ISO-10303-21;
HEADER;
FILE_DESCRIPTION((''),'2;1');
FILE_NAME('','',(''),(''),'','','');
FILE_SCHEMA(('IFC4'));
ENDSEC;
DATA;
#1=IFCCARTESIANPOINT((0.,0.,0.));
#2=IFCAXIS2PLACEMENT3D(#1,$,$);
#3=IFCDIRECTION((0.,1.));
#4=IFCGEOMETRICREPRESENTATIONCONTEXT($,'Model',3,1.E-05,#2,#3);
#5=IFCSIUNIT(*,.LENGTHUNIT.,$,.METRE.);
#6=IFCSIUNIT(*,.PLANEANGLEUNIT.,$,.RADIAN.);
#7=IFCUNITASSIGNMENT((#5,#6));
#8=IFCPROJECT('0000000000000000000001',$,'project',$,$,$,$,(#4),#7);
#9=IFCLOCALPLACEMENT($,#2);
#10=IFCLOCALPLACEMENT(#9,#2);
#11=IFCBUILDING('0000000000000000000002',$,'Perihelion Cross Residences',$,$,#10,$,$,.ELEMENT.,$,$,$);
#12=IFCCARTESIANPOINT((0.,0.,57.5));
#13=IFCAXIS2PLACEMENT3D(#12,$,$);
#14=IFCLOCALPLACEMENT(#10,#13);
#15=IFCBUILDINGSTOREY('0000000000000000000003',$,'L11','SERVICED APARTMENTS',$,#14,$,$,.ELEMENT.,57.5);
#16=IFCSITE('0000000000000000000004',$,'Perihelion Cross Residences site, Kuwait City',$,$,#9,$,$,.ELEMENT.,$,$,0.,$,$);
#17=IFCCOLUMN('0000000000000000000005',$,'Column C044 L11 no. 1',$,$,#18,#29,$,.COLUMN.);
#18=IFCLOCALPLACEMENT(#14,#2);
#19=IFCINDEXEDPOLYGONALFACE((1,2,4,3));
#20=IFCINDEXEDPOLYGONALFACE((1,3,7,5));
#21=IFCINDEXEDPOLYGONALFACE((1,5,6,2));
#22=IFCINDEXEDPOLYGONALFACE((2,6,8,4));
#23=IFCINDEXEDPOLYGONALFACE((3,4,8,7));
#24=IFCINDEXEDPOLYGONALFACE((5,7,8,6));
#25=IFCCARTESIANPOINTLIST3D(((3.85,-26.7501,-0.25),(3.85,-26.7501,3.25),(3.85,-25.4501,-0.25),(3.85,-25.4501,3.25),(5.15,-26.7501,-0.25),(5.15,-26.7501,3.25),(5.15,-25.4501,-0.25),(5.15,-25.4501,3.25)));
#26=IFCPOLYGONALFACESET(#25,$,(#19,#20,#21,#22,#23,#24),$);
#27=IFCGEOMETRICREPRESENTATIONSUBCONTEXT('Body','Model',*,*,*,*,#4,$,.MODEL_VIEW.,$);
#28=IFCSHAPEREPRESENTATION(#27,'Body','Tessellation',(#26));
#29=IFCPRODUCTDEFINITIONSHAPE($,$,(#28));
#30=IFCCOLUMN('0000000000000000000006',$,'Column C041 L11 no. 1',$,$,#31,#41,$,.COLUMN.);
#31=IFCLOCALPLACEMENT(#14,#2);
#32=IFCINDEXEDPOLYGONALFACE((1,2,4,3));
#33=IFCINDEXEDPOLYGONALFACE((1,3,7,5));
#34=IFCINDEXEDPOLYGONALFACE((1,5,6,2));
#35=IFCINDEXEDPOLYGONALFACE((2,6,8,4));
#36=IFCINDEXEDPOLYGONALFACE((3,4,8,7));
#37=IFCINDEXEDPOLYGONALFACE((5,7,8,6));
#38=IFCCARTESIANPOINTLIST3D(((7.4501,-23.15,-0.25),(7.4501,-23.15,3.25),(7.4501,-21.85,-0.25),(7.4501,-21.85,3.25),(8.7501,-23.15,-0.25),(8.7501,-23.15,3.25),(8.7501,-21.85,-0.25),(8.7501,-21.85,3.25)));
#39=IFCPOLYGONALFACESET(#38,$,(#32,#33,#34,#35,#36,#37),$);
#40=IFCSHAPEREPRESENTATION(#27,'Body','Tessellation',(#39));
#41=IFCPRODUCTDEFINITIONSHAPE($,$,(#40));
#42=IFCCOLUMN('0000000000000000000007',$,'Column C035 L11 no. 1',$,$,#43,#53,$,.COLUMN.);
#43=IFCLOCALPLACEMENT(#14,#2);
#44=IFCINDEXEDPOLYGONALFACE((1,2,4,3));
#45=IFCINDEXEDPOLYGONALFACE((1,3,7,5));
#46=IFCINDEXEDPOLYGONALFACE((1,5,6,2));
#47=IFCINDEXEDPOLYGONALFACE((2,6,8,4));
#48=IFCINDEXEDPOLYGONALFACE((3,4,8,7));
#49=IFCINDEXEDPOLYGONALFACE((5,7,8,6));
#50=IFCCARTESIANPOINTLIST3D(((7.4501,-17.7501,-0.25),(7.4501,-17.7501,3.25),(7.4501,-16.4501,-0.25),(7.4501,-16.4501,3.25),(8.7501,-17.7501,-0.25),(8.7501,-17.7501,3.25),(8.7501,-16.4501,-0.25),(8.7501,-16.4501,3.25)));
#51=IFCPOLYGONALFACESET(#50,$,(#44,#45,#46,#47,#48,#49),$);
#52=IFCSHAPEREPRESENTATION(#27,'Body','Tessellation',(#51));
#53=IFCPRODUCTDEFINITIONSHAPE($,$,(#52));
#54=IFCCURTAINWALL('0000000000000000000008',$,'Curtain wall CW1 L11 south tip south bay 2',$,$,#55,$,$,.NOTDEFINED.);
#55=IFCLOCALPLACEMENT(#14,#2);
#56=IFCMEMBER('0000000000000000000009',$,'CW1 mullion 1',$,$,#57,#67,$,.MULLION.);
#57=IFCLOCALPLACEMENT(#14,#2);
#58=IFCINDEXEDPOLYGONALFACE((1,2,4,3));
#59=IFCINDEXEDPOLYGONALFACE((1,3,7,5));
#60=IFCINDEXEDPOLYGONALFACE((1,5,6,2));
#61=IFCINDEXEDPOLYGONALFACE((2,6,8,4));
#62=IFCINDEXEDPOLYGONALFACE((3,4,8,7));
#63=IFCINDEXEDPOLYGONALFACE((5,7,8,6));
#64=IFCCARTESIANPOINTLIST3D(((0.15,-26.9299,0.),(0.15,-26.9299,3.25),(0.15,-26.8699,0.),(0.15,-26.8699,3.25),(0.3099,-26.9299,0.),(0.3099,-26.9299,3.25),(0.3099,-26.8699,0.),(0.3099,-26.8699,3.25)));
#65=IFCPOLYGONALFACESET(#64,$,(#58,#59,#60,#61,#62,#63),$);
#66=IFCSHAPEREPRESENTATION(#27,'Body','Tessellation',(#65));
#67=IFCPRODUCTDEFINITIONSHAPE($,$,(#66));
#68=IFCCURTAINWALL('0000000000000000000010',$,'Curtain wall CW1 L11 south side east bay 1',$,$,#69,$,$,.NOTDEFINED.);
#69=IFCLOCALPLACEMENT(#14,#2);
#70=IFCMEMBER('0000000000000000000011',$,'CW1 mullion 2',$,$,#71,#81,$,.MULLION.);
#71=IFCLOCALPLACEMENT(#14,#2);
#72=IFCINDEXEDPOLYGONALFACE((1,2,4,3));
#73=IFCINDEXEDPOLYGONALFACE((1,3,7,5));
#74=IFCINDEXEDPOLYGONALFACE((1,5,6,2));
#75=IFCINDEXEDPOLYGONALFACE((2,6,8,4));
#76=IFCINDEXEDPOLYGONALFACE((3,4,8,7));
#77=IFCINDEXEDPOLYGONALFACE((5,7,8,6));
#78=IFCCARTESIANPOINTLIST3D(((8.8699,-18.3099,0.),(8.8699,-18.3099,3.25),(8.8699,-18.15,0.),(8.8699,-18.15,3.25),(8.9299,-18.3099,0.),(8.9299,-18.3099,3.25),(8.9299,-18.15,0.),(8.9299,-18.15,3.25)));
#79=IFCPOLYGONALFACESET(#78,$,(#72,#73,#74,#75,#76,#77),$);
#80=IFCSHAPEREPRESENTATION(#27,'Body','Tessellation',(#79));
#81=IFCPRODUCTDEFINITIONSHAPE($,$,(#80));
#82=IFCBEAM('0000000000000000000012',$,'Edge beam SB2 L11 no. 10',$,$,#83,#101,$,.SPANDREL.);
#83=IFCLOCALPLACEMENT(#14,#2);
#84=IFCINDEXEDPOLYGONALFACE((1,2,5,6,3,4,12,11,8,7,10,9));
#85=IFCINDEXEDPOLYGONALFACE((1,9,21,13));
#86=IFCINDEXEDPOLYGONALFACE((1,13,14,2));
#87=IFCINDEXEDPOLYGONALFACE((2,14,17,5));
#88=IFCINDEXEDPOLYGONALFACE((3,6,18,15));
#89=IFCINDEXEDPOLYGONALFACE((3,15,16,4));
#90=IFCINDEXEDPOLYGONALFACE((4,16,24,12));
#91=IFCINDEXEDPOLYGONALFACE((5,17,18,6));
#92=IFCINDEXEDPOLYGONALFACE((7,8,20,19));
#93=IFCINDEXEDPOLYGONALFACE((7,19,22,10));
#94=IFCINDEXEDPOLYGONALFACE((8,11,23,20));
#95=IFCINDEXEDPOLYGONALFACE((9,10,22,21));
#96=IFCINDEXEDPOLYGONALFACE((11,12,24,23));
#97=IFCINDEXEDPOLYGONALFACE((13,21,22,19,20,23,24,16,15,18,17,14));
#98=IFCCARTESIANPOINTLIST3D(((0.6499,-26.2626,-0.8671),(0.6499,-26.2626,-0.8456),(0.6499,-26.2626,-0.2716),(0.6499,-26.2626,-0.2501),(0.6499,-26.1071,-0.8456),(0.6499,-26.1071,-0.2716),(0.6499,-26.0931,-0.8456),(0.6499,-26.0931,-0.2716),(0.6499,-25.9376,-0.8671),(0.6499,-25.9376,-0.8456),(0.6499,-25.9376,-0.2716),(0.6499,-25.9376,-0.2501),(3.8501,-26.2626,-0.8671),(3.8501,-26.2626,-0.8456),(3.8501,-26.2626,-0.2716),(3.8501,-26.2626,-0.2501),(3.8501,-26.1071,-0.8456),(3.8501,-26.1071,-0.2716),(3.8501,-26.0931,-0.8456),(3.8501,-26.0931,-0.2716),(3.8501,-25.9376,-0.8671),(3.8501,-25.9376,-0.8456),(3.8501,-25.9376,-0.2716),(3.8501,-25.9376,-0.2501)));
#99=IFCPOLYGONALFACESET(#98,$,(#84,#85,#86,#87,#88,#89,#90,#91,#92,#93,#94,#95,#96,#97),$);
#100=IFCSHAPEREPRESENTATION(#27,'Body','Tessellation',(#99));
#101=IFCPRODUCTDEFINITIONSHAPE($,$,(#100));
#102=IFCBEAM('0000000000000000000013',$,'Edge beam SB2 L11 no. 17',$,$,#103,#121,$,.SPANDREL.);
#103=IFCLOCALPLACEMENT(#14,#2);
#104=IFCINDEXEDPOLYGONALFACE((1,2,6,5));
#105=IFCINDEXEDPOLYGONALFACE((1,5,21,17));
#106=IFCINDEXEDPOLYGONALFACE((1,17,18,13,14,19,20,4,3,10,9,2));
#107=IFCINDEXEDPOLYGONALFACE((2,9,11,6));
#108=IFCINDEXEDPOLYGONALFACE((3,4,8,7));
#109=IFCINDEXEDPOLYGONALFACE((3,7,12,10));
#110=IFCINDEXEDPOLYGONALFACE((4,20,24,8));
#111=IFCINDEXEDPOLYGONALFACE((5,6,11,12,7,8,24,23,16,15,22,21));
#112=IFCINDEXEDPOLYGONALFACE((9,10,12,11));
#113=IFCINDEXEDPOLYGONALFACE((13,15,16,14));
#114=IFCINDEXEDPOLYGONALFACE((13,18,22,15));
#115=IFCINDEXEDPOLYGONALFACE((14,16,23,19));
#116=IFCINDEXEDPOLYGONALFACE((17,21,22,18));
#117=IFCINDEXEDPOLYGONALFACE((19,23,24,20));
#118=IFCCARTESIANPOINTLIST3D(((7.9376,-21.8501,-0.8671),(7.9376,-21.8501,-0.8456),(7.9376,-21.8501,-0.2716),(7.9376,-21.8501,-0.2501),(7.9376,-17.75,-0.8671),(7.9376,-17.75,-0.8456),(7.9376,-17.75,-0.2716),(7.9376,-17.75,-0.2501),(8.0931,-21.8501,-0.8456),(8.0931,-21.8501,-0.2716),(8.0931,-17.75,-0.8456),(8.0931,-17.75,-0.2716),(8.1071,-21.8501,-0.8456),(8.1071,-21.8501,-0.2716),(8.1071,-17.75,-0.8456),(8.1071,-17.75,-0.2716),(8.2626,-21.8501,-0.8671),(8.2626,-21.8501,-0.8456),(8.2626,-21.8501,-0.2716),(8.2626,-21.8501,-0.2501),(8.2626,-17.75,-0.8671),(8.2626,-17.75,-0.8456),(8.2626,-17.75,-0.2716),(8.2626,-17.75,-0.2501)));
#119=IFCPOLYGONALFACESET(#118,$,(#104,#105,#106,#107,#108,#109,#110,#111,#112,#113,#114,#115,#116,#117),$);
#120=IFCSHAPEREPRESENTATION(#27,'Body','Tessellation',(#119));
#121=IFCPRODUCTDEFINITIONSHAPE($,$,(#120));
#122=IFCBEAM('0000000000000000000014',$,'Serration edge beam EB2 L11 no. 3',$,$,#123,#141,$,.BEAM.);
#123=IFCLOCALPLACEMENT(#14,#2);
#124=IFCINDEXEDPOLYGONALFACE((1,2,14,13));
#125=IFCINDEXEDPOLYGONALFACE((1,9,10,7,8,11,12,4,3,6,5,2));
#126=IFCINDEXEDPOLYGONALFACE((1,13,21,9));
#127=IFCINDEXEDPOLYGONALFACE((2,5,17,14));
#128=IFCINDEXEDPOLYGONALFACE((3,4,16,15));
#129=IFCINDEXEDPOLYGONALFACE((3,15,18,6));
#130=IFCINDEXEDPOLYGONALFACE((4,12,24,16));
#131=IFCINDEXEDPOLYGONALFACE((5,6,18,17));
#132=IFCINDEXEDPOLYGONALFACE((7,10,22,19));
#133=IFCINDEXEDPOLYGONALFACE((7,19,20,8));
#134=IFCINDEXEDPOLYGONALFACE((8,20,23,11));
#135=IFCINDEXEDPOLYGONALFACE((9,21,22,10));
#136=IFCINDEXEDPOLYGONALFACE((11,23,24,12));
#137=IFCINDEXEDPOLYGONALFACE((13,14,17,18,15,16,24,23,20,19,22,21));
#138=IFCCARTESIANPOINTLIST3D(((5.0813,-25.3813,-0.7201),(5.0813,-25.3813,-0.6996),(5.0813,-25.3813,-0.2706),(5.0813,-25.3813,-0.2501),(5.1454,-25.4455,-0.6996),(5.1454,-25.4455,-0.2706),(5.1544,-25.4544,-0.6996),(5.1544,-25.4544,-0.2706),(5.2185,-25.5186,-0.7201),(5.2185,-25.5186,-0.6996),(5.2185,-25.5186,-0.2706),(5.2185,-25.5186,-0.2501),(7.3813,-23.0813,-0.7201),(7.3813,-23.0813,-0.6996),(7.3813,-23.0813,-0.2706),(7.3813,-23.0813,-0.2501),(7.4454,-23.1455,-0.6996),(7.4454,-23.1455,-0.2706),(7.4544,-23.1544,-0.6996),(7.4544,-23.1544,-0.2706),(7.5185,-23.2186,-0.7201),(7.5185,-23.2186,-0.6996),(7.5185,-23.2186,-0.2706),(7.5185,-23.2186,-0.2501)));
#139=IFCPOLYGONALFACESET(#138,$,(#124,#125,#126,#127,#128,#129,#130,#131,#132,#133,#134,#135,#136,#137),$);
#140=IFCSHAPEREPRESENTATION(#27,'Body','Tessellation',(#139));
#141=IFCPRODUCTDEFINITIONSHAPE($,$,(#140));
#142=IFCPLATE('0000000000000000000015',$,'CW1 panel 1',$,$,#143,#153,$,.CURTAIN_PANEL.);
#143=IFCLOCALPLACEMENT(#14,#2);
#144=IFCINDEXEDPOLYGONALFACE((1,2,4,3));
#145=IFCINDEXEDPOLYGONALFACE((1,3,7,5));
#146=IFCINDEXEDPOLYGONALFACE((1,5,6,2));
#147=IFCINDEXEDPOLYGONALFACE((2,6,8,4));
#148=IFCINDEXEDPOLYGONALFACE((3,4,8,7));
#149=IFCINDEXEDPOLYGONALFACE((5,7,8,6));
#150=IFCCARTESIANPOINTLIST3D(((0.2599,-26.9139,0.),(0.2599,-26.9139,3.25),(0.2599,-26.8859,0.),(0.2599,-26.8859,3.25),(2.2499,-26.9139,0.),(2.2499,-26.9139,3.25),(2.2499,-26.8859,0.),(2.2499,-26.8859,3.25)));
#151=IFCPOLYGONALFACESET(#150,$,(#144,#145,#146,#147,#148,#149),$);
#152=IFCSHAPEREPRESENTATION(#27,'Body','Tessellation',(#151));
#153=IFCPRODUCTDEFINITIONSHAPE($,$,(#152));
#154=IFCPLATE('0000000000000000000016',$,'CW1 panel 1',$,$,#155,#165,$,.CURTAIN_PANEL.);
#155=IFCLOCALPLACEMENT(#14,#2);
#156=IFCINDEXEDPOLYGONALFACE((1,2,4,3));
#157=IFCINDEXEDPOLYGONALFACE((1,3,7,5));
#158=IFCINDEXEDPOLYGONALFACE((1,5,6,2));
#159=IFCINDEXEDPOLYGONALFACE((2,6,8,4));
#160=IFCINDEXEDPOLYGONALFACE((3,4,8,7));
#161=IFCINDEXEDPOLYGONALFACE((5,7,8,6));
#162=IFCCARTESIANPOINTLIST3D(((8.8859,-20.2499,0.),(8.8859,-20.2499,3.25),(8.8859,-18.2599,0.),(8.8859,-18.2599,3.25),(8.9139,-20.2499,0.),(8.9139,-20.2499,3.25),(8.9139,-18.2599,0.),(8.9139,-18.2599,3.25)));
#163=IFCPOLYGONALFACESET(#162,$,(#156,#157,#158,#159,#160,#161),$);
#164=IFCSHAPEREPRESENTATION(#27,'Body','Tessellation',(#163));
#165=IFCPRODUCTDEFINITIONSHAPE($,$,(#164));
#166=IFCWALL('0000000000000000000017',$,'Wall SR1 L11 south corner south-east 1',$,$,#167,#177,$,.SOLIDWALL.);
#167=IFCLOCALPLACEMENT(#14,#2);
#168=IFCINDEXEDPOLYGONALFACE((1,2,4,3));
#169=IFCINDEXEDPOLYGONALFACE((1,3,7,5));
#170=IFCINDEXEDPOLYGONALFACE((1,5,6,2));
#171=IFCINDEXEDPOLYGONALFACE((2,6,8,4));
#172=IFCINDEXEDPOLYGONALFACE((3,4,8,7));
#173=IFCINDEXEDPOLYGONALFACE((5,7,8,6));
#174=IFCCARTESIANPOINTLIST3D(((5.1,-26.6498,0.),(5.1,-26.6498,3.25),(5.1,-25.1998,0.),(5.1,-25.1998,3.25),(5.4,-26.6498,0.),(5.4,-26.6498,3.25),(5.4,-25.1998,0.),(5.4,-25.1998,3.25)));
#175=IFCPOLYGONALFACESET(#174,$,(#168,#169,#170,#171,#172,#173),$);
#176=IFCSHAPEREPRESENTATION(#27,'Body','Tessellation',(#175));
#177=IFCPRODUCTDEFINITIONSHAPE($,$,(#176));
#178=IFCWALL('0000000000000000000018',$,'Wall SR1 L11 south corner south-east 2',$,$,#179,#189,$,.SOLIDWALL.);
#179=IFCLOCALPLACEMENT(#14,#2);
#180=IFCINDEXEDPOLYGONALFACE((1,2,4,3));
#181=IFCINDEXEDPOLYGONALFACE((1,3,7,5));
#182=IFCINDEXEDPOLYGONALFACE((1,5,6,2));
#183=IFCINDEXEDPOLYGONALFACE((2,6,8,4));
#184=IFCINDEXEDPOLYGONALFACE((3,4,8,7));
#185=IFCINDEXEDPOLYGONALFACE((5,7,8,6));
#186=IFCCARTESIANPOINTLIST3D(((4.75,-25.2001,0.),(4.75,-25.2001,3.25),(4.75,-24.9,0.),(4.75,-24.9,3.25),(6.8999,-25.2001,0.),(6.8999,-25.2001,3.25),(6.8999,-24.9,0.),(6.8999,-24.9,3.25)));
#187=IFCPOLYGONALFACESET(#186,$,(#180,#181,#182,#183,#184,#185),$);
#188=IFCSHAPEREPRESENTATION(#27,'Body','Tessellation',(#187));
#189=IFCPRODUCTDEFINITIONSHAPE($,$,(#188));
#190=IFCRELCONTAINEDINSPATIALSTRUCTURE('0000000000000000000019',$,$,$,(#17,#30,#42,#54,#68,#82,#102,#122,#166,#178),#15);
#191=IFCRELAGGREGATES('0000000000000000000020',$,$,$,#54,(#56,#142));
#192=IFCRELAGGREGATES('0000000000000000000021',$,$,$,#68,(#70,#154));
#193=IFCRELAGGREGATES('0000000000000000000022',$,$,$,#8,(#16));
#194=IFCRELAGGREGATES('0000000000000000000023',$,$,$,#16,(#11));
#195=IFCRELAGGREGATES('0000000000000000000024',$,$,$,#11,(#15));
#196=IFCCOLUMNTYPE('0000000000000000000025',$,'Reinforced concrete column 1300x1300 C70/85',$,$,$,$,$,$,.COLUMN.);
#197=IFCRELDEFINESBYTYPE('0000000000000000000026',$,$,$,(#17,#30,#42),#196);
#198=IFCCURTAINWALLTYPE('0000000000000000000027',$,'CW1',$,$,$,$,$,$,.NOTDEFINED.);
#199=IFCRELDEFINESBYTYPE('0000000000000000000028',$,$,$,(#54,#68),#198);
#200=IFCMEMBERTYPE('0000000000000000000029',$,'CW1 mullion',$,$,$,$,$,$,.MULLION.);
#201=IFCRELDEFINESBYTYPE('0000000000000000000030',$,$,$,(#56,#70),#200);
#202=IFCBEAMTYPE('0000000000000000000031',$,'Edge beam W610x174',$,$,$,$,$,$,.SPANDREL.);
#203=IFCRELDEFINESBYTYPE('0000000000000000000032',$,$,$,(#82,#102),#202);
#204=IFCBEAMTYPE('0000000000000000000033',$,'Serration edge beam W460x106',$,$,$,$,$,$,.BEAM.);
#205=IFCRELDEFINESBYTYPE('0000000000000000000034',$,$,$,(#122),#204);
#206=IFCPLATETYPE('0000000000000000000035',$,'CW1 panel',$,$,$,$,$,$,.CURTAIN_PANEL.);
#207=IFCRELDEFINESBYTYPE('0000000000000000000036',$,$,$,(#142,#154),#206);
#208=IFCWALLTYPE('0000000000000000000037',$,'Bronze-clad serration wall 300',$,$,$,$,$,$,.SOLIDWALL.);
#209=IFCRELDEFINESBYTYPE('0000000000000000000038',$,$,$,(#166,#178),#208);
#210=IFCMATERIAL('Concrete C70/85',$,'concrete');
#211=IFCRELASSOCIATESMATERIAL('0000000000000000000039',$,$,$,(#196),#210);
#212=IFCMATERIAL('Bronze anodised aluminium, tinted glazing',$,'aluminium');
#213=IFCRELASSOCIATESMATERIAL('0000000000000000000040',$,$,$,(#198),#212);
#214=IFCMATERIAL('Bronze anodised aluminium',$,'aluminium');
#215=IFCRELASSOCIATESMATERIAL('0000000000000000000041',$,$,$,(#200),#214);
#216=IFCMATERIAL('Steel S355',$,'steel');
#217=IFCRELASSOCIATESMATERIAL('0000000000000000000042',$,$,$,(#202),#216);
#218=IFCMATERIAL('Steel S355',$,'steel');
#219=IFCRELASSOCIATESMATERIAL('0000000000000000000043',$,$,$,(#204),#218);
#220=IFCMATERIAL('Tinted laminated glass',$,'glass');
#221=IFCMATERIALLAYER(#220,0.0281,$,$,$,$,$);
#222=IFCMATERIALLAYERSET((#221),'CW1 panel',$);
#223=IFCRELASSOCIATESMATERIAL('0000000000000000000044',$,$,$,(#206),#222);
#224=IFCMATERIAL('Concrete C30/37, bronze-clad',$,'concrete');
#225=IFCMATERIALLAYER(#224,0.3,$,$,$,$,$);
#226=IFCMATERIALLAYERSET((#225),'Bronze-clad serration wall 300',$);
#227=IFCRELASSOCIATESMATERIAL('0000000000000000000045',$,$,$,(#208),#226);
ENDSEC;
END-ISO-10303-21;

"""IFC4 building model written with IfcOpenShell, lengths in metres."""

from ifc_helpers import new_model, si_unit, direction, frame, frame_2d, origin, origin_2d, place, context, subcontext, project, spatial, rectangle, i_section, extrude, material, layer, layer_set, material_profile, profile_set, type_object, element, aggregate, save


model = new_model("IFC4")

# Units and contexts
model_context = context("Model", 3, precision=1e-05, world=origin(), true_north=direction((0.0, 1.0)))
body_context = subcontext(model_context, "Body", "Model", "MODEL_VIEW")
ifc_project = project(units=[si_unit("LENGTHUNIT", "METRE"), si_unit("PLANEANGLEUNIT", "RADIAN")], contexts=[model_context])

# Site, building, storey
site_placement = place(None, origin())
site = spatial("IfcSite", under=ifc_project, at=site_placement, Name="Perihelion Cross Residences site, Kuwait City", CompositionType="ELEMENT", RefElevation=0.0)
building_placement = place(site_placement, origin())
building = spatial("IfcBuilding", under=site, at=building_placement, Name="Perihelion Cross Residences", CompositionType="ELEMENT")
storey_placement = place(building_placement, frame((0.0, 0.0, 57.5)))
storey = spatial("IfcBuildingStorey", under=building, at=storey_placement, Name="L11", Description="SERVICED APARTMENTS", CompositionType="ELEMENT", Elevation=57.5)

# Columns
ifc_material_1 = material(Name="Concrete C70/85", Category="concrete")
ifc_material_profile_1 = material_profile(ifc_material_1, rectangle(XDim=1.3, YDim=1.3, at=origin_2d()), Name="RC 1300x1300")
ifc_profile_set_1 = profile_set([ifc_material_profile_1], Name="Concrete C70/85")
column_type = type_object("IfcColumnType", Name="Reinforced concrete column 1300x1300 C70/85", PredefinedType="COLUMN", material=ifc_profile_set_1)
for number, where, z_axis, x_axis, name in (
    (1, (4.5, -26.1001, -0.25), (0.0, 0.0, 1.0), (1.0, 0.0, 0.0), "Column C044 L11 no. 1"),
    (2, (8.1001, -22.5, -0.25), (0.0, 0.0, 1.0), (1.0, 0.0, 0.0), "Column C041 L11 no. 1"),
    (3, (8.1001, -17.1001, -0.25), (0.0, 0.0, 1.0), (1.0, 0.0, 0.0), "Column C035 L11 no. 1"),
):
    element("IfcColumn", number, at=place(storey_placement, frame(where, z_axis=z_axis, x_axis=x_axis)), inside=storey, type_object=column_type, Name=name, PredefinedType="COLUMN", context=body_context, shape_type="SweptSolid", body=[
        extrude(rectangle(XDim=1.3, YDim=1.3, at=origin_2d()), origin(), (0.0, 0.0, 1.0), 3.5),
    ])

# Curtain walls, members
ifc_material_2 = material(Name="Bronze anodised aluminium, tinted glazing", Category="aluminium")
curtain_wall_type = type_object("IfcCurtainWallType", Name="CW1", PredefinedType="NOTDEFINED", material=ifc_material_2)
curtain_wall_1_placement = place(storey_placement, origin())
curtain_wall_1 = element("IfcCurtainWall", 4, at=curtain_wall_1_placement, inside=storey, type_object=curtain_wall_type, Name="Curtain wall CW1 L11 south tip south bay 2", PredefinedType="NOTDEFINED")
ifc_material_3 = material(Name="Bronze anodised aluminium", Category="aluminium")
ifc_material_profile_2 = material_profile(ifc_material_3, rectangle(XDim=0.0601, YDim=0.1599, at=origin_2d()), Name="CW1 mullion")
ifc_profile_set_2 = profile_set([ifc_material_profile_2], Name="Bronze anodised aluminium")
member_type = type_object("IfcMemberType", Name="CW1 mullion", PredefinedType="MULLION", material=ifc_profile_set_2)
member_1_placement = place(storey_placement, frame((0.23, -26.8999, 0.0), z_axis=(0.0, 0.0, 1.0), x_axis=(0.0, 1.0, 0.0)))
member_1 = element("IfcMember", 5, at=member_1_placement, type_object=member_type, Name="CW1 mullion 1", PredefinedType="MULLION", context=body_context, shape_type="SweptSolid", body=[
    extrude(rectangle(XDim=0.0601, YDim=0.1599, at=origin_2d()), origin(), (0.0, 0.0, 1.0), 3.25),
])
curtain_wall_2_placement = place(storey_placement, origin())
curtain_wall_2 = element("IfcCurtainWall", 6, at=curtain_wall_2_placement, inside=storey, type_object=curtain_wall_type, Name="Curtain wall CW1 L11 south side east bay 1", PredefinedType="NOTDEFINED")
member_2_placement = place(storey_placement, frame((8.8999, -18.23, 0.0), z_axis=(0.0, 0.0, 1.0), x_axis=(-1.0, 0.0, 0.0)))
member_2 = element("IfcMember", 7, at=member_2_placement, type_object=member_type, Name="CW1 mullion 2", PredefinedType="MULLION", context=body_context, shape_type="SweptSolid", body=[
    extrude(rectangle(XDim=0.0601, YDim=0.1599, at=origin_2d()), origin(), (0.0, 0.0, 1.0), 3.25),
])

# Beams
ifc_material_4 = material(Name="Steel S355", Category="steel")
ifc_material_profile_3 = material_profile(ifc_material_4, i_section(OverallWidth=0.325, OverallDepth=0.6169, WebThickness=0.0139, FlangeThickness=0.0215, at=origin_2d()), Name="W610x174")
ifc_profile_set_3 = profile_set([ifc_material_profile_3], Name="Steel S355")
beam_type_1 = type_object("IfcBeamType", Name="Edge beam W610x174", PredefinedType="SPANDREL", material=ifc_profile_set_3)
beam_1_placement = place(storey_placement, frame((0.6499, -26.1001, -0.5586), z_axis=(1.0, 0.0, 0.0), x_axis=(0.0, 1.0, 0.0)))
element("IfcBeam", 8, at=beam_1_placement, inside=storey, type_object=beam_type_1, Name="Edge beam SB2 L11 no. 10", PredefinedType="SPANDREL", context=body_context, shape_type="SweptSolid", body=[
    extrude(i_section(OverallWidth=0.325, OverallDepth=0.6169, WebThickness=0.0139, FlangeThickness=0.0215, at=origin_2d()), origin(), (0.0, 0.0, 1.0), 3.2002),
])
beam_2_placement = place(storey_placement, frame((8.1001, -21.8501, -0.5586), z_axis=(0.0, 1.0, 0.0), x_axis=(-1.0, 0.0, 0.0)))
element("IfcBeam", 9, at=beam_2_placement, inside=storey, type_object=beam_type_1, Name="Edge beam SB2 L11 no. 17", PredefinedType="SPANDREL", context=body_context, shape_type="SweptSolid", body=[
    extrude(i_section(OverallWidth=0.325, OverallDepth=0.6169, WebThickness=0.0139, FlangeThickness=0.0215, at=origin_2d()), origin(), (0.0, 0.0, 1.0), 4.1001),
])
ifc_material_5 = material(Name="Steel S355", Category="steel")
ifc_material_profile_4 = material_profile(ifc_material_5, i_section(OverallWidth=0.1941, OverallDepth=0.47, WebThickness=0.0127, FlangeThickness=0.0205, at=origin_2d()), Name="W460x106")
ifc_profile_set_4 = profile_set([ifc_material_profile_4], Name="Steel S355")
beam_type_2 = type_object("IfcBeamType", Name="Serration edge beam W460x106", PredefinedType="BEAM", material=ifc_profile_set_4)
beam_3_placement = place(storey_placement, frame((5.1499, -25.45, -0.4851), z_axis=(0.707107, 0.707107, 0.0), x_axis=(-0.707107, 0.707107, 0.0)))
element("IfcBeam", 10, at=beam_3_placement, inside=storey, type_object=beam_type_2, Name="Serration edge beam EB2 L11 no. 3", PredefinedType="BEAM", context=body_context, shape_type="SweptSolid", body=[
    extrude(i_section(OverallWidth=0.1941, OverallDepth=0.47, WebThickness=0.0127, FlangeThickness=0.0205, at=origin_2d()), origin(), (0.0, 0.0, 1.0), 3.2527),
])

# Plates
ifc_material_6 = material(Name="Tinted laminated glass", Category="glass")
ifc_layer_1 = layer(ifc_material_6, 0.0281)
ifc_layer_set_1 = layer_set([ifc_layer_1], Name="CW1 panel")
plate_type = type_object("IfcPlateType", Name="CW1 panel", PredefinedType="CURTAIN_PANEL", material=ifc_layer_set_1)
plate_1_placement = place(storey_placement, frame((1.2549, -26.8999, 0.0), z_axis=(0.0, 0.0, 1.0), x_axis=(1.0, 0.0, 0.0)))
plate_1 = element("IfcPlate", 11, at=plate_1_placement, type_object=plate_type, Name="CW1 panel 1", PredefinedType="CURTAIN_PANEL", context=body_context, shape_type="SweptSolid", body=[
    extrude(rectangle(XDim=1.99, YDim=0.0281, at=origin_2d()), origin(), (0.0, 0.0, 1.0), 3.25),
])
aggregate(curtain_wall_1, [member_1, plate_1])
plate_2_placement = place(storey_placement, frame((8.8999, -19.2549, 0.0), z_axis=(0.0, 0.0, 1.0), x_axis=(0.0, 1.0, 0.0)))
plate_2 = element("IfcPlate", 12, at=plate_2_placement, type_object=plate_type, Name="CW1 panel 1", PredefinedType="CURTAIN_PANEL", context=body_context, shape_type="SweptSolid", body=[
    extrude(rectangle(XDim=1.99, YDim=0.0281, at=origin_2d()), origin(), (0.0, 0.0, 1.0), 3.25),
])
aggregate(curtain_wall_2, [member_2, plate_2])

# Walls
ifc_material_7 = material(Name="Concrete C30/37, bronze-clad", Category="concrete")
ifc_layer_2 = layer(ifc_material_7, 0.3)
ifc_layer_set_2 = layer_set([ifc_layer_2], Name="Bronze-clad serration wall 300")
wall_type_1 = type_object("IfcWallType", Name="Bronze-clad serration wall 300", PredefinedType="SOLIDWALL", material=ifc_layer_set_2)
wall_1_placement = place(storey_placement, frame((5.25, -26.6499, 0.0), z_axis=(0.0, 0.0, 1.0), x_axis=(0.0, 1.0, 0.0)))
element("IfcWall", 13, at=wall_1_placement, inside=storey, type_object=wall_type_1, Name="Wall SR1 L11 south corner south-east 1", PredefinedType="SOLIDWALL", context=body_context, shape_type="SweptSolid", body=[
    extrude(rectangle(XDim=1.45, YDim=0.3, at=frame_2d((0.7251, 0.0))), origin(), (0.0, 0.0, 1.0), 3.25),
])
wall_2_placement = place(storey_placement, frame((4.75, -25.05, 0.0), z_axis=(0.0, 0.0, 1.0), x_axis=(1.0, 0.0, 0.0)))
element("IfcWall", 14, at=wall_2_placement, inside=storey, type_object=wall_type_1, Name="Wall SR1 L11 south corner south-east 2", PredefinedType="SOLIDWALL", context=body_context, shape_type="SweptSolid", body=[
    extrude(rectangle(XDim=2.1499, YDim=0.3, at=frame_2d((1.075, 0.0))), origin(), (0.0, 0.0, 1.0), 3.25),
])

save(model, "model.ifc")
